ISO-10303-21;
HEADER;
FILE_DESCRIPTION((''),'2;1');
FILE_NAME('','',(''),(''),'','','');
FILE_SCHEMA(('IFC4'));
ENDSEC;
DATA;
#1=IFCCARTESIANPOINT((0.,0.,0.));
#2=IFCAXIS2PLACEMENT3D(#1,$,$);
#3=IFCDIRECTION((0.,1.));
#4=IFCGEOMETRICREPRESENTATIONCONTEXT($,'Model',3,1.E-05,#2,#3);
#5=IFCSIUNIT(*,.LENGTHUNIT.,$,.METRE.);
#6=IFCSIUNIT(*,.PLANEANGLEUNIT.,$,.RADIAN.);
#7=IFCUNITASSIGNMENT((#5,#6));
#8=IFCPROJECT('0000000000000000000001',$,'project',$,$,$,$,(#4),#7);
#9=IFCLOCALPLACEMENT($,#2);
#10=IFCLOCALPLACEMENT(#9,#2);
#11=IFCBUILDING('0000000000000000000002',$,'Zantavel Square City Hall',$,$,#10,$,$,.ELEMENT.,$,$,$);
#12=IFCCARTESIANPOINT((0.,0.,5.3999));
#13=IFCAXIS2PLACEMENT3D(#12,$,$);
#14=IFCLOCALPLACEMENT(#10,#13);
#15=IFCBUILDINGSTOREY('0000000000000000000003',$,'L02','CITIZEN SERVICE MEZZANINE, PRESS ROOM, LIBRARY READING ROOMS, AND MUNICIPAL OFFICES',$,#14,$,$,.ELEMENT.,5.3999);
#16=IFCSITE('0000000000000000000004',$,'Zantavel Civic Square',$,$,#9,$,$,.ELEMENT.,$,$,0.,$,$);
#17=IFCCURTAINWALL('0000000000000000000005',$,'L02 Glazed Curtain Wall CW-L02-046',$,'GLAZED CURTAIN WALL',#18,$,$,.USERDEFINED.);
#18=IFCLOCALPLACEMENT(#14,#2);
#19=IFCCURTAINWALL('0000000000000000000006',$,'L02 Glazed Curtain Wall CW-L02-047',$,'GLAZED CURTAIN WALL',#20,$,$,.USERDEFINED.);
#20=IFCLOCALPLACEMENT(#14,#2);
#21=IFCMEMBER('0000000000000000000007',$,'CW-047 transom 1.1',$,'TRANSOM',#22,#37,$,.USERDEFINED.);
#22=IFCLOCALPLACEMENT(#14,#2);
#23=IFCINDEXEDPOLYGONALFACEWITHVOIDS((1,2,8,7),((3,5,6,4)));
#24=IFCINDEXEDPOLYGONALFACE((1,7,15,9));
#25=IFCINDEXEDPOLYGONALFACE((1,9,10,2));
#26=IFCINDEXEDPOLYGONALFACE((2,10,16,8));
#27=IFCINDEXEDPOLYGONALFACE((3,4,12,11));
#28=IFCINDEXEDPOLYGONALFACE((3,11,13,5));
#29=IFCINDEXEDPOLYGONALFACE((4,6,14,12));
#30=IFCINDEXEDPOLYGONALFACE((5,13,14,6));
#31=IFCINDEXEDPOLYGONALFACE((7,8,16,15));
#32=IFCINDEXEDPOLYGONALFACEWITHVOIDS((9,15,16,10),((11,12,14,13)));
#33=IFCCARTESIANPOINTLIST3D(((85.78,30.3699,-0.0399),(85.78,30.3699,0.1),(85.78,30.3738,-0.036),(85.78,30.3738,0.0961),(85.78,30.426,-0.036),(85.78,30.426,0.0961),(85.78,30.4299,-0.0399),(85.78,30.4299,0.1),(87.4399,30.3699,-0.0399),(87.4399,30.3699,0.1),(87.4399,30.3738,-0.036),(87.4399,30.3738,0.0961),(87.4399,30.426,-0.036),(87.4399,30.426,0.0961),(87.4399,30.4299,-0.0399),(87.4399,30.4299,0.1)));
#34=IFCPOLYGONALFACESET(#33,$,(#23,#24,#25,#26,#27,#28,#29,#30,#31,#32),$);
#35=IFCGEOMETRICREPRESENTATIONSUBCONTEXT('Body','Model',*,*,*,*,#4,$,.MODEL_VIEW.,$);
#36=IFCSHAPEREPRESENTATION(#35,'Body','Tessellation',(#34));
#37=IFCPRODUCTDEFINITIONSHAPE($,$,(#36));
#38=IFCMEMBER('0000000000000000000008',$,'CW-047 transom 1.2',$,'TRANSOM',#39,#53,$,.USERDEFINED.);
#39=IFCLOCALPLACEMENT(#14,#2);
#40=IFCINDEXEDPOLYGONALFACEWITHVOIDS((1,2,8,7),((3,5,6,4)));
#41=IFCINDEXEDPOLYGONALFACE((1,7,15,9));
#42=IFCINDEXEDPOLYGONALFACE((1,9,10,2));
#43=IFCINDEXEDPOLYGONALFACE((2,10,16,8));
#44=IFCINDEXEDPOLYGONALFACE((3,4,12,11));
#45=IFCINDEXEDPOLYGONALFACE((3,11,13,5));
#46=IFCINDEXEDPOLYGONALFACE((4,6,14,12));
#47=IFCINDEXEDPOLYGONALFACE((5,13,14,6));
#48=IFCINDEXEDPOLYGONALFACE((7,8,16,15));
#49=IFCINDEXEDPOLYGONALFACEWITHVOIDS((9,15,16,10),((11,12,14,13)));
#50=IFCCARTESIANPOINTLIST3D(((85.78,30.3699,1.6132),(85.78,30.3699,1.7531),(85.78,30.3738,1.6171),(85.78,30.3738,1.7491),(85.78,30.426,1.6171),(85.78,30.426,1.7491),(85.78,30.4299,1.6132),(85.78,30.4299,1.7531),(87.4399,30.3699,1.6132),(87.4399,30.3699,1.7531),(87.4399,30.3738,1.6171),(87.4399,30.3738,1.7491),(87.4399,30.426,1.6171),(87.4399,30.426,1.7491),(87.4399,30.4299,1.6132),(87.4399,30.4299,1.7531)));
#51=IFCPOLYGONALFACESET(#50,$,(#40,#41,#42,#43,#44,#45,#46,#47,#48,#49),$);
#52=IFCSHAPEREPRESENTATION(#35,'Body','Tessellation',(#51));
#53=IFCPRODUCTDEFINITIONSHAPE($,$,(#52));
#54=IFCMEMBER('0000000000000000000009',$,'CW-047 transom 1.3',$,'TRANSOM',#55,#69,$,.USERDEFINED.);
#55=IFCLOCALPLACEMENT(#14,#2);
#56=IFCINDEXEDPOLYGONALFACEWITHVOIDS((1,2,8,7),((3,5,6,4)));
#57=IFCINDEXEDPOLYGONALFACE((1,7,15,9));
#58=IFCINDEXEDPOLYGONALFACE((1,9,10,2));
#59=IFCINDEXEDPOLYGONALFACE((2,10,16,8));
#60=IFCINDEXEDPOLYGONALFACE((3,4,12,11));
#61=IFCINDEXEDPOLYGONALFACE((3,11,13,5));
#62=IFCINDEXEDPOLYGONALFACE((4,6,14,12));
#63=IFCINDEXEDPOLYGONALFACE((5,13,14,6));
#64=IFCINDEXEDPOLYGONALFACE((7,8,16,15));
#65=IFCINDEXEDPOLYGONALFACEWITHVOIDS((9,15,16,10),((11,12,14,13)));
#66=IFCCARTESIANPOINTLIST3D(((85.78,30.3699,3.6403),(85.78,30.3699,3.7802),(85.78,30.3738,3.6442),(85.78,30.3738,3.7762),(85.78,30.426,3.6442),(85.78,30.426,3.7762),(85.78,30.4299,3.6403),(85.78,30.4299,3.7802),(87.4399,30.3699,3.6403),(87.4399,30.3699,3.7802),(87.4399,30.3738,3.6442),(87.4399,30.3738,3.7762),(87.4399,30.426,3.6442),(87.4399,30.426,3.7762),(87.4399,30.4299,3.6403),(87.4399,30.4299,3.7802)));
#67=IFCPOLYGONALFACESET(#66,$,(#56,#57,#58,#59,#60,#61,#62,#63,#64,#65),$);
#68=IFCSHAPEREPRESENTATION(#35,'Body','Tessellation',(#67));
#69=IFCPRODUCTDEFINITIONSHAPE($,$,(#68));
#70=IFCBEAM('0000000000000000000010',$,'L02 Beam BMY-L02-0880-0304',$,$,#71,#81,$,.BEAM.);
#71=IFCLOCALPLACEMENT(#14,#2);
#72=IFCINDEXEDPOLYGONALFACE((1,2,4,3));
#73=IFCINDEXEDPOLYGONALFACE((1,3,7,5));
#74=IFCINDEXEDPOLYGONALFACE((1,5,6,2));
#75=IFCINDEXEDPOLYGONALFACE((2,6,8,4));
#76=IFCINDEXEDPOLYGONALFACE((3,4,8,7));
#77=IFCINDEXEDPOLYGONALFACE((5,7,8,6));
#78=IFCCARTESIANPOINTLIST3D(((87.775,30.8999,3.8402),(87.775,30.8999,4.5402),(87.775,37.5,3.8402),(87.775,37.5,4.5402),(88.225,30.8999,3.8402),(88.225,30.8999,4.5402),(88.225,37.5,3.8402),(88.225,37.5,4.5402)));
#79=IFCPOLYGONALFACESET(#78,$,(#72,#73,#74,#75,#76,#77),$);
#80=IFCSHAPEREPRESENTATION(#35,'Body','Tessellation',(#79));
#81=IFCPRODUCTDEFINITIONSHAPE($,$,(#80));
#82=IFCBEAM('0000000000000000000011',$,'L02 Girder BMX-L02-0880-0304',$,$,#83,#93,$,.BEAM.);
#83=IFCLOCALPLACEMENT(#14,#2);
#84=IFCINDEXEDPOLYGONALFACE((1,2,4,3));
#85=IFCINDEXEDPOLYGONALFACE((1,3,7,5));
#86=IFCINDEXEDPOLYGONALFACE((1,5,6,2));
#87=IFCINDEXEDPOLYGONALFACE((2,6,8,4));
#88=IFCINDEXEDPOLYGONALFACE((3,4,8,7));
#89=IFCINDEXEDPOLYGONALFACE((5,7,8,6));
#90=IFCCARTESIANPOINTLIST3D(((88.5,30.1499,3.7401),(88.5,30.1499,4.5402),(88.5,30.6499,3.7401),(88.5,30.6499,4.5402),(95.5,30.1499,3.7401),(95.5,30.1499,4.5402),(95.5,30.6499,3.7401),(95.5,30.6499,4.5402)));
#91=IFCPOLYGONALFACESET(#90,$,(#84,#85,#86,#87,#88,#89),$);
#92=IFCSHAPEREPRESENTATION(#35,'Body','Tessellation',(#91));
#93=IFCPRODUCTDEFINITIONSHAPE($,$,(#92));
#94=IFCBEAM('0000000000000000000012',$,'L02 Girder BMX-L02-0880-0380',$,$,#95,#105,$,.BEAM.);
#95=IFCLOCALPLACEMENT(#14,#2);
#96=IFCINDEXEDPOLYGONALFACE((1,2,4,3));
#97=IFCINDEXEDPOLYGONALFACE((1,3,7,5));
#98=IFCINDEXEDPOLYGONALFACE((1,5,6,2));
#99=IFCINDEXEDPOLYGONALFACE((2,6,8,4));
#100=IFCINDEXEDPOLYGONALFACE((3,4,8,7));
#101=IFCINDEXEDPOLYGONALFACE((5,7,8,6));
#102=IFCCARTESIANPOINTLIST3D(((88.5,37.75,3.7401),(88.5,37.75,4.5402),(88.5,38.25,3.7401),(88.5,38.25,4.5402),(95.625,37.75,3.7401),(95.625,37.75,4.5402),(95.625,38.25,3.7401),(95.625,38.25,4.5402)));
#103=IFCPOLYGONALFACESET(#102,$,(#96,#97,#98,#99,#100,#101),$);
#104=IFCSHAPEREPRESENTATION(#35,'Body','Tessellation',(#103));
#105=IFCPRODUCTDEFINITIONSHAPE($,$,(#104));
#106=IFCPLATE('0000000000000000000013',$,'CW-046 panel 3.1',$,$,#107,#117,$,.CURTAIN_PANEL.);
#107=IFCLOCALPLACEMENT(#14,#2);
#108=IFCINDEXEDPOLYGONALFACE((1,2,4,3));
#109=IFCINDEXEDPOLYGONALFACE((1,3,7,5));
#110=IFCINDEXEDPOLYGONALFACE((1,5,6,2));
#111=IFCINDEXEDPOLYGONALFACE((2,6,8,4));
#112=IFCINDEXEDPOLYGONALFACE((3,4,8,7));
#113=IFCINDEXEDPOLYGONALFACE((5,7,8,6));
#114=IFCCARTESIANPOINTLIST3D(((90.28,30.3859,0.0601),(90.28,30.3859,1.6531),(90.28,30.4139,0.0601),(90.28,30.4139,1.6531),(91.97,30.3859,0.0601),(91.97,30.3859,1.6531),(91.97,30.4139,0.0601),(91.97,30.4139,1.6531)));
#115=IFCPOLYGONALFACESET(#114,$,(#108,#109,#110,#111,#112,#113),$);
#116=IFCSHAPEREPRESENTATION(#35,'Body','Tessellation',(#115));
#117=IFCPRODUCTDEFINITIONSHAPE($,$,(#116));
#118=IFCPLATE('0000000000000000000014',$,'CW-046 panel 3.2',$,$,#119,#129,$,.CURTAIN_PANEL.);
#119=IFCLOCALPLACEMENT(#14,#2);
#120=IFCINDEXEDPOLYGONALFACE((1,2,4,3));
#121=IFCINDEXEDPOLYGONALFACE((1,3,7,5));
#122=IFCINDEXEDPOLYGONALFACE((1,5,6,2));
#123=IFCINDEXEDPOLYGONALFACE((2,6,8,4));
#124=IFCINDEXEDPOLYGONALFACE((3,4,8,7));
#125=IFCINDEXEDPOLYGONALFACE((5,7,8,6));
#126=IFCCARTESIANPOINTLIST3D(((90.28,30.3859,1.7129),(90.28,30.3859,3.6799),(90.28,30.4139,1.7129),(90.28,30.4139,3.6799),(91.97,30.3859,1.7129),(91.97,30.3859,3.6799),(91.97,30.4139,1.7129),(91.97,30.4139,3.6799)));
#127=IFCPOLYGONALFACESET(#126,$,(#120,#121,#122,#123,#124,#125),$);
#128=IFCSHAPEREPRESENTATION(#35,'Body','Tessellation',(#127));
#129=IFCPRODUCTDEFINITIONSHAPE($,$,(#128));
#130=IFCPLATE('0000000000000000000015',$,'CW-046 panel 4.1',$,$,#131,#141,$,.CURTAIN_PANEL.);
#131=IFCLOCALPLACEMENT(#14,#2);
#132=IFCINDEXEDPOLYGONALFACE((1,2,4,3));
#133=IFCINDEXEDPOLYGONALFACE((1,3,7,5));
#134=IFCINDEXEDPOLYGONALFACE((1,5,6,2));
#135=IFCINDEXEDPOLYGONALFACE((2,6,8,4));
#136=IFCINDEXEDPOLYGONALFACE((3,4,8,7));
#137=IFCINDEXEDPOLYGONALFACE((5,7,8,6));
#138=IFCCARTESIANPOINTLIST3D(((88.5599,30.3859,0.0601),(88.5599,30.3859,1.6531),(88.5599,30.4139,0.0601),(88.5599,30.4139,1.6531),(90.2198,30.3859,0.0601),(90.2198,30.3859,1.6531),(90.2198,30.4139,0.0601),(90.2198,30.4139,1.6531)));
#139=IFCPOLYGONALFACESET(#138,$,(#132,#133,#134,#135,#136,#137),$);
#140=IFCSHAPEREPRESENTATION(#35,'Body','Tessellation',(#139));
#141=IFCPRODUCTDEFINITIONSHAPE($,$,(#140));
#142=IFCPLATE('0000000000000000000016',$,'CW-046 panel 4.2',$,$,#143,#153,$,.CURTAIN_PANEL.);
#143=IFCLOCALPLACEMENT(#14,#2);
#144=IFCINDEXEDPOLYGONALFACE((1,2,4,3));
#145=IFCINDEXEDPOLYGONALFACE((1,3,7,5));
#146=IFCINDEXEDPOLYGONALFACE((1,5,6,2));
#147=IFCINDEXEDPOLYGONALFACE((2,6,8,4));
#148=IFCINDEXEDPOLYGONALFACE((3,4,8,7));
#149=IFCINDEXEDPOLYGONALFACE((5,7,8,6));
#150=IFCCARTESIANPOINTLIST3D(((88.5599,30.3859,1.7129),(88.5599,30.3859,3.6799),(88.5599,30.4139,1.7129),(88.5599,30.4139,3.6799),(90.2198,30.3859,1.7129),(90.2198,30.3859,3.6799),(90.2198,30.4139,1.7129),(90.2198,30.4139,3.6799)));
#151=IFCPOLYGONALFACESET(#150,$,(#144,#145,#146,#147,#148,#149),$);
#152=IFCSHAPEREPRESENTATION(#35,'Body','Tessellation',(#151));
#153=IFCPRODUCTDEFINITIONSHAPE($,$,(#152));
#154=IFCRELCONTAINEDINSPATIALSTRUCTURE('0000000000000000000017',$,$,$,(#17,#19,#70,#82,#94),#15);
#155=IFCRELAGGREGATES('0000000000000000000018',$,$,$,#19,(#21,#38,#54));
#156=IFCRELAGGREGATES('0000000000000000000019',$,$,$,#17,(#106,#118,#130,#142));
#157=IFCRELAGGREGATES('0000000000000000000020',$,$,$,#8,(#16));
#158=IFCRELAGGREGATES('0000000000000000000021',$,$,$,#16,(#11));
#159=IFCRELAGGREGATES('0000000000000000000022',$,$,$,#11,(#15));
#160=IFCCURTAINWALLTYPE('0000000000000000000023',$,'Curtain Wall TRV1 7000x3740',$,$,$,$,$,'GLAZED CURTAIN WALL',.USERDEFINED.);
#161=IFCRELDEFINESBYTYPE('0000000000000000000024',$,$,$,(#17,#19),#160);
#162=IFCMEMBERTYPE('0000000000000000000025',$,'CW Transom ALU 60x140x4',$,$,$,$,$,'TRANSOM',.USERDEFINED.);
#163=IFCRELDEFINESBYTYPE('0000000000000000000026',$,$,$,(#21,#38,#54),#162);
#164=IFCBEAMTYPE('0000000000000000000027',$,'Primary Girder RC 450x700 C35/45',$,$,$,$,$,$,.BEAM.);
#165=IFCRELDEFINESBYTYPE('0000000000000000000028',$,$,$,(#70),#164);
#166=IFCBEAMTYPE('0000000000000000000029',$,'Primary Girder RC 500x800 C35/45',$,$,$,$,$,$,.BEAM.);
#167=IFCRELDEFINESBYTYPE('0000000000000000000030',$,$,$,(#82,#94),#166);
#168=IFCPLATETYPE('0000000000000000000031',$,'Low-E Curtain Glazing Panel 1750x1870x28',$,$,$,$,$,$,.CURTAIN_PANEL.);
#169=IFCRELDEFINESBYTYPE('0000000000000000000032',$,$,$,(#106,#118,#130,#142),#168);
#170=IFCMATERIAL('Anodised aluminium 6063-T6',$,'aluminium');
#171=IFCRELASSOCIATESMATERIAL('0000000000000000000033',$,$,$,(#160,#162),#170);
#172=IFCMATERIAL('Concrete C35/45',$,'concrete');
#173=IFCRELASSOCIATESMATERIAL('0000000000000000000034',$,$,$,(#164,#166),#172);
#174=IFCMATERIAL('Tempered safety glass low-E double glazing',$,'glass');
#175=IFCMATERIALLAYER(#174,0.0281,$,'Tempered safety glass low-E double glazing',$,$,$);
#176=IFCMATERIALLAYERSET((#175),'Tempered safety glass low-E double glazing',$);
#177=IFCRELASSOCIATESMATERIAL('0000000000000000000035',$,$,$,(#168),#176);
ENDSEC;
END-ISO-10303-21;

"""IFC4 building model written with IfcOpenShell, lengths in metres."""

from ifc_helpers import new_model, si_unit, direction, frame, origin, origin_2d, place, context, subcontext, project, spatial, rectangle, hollow_rectangle, extrude, material, layer, layer_set, material_profile, profile_set, type_object, element, aggregate, save


model = new_model("IFC4")

# Units and contexts
model_context = context("Model", 3, precision=1e-05, world=origin(), true_north=direction((0.0, 1.0)))
body_context = subcontext(model_context, "Body", "Model", "MODEL_VIEW")
ifc_project = project(units=[si_unit("LENGTHUNIT", "METRE"), si_unit("PLANEANGLEUNIT", "RADIAN")], contexts=[model_context])

# Site, building, storey
site_placement = place(None, origin())
site = spatial("IfcSite", under=ifc_project, at=site_placement, Name="Zantavel Civic Square", CompositionType="ELEMENT", RefElevation=0.0)
building_placement = place(site_placement, origin())
building = spatial("IfcBuilding", under=site, at=building_placement, Name="Zantavel Square City Hall", CompositionType="ELEMENT")
storey_placement = place(building_placement, frame((0.0, 0.0, 5.3999)))
storey = spatial("IfcBuildingStorey", under=building, at=storey_placement, Name="L02", Description="CITIZEN SERVICE MEZZANINE, PRESS ROOM, LIBRARY READING ROOMS, AND MUNICIPAL OFFICES", CompositionType="ELEMENT", Elevation=5.3999)

# Curtain wall
ifc_material_1 = material(Name="Anodised aluminium 6063-T6", Category="aluminium")
curtain_wall_type = type_object("IfcCurtainWallType", Name="Curtain Wall TRV1 7000x3740", ElementType="GLAZED CURTAIN WALL", PredefinedType="USERDEFINED", material=ifc_material_1)
curtain_wall_1_placement = place(storey_placement, origin())
curtain_wall_1 = element("IfcCurtainWall", 1, at=curtain_wall_1_placement, inside=storey, type_object=curtain_wall_type, Name="L02 Glazed Curtain Wall CW-L02-046", ObjectType="GLAZED CURTAIN WALL", PredefinedType="USERDEFINED")

# Curtain wall
curtain_wall_2_placement = place(storey_placement, origin())
curtain_wall_2 = element("IfcCurtainWall", 2, at=curtain_wall_2_placement, inside=storey, type_object=curtain_wall_type, Name="L02 Glazed Curtain Wall CW-L02-047", ObjectType="GLAZED CURTAIN WALL", PredefinedType="USERDEFINED")

# Members
ifc_material_profile_1 = material_profile(ifc_material_1, hollow_rectangle(XDim=0.0601, YDim=0.1399, WallThickness=0.0039, at=origin_2d()), Name="ALU 60x140x4")
ifc_profile_set_1 = profile_set([ifc_material_profile_1], Name="Anodised aluminium 6063-T6")
member_type_1 = type_object("IfcMemberType", Name="CW Transom ALU 60x140x4", ElementType="TRANSOM", PredefinedType="USERDEFINED", material=ifc_profile_set_1)
member_1_placement = place(storey_placement, frame((87.4399, 30.3999, 0.03), z_axis=(-1.0, 0.0, 0.0), x_axis=(0.0, -1.0, 0.0)))
member_1 = element("IfcMember", 3, at=member_1_placement, type_object=member_type_1, Name="CW-047 transom 1.1", ObjectType="TRANSOM", PredefinedType="USERDEFINED", context=body_context, shape_type="SweptSolid", body=[
    extrude(hollow_rectangle(XDim=0.0601, YDim=0.1399, WallThickness=0.0039, at=origin_2d()), origin(), (0.0, 0.0, 1.0), 1.6599),
])
member_2_placement = place(storey_placement, frame((87.4399, 30.3999, 1.6831), z_axis=(-1.0, 0.0, 0.0), x_axis=(0.0, -1.0, 0.0)))
member_2 = element("IfcMember", 4, at=member_2_placement, type_object=member_type_1, Name="CW-047 transom 1.2", ObjectType="TRANSOM", PredefinedType="USERDEFINED", context=body_context, shape_type="SweptSolid", body=[
    extrude(hollow_rectangle(XDim=0.0601, YDim=0.1399, WallThickness=0.0039, at=origin_2d()), origin(), (0.0, 0.0, 1.0), 1.6599),
])
member_3_placement = place(storey_placement, frame((87.4399, 30.3999, 3.7102), z_axis=(-1.0, 0.0, 0.0), x_axis=(0.0, -1.0, 0.0)))
member_3 = element("IfcMember", 5, at=member_3_placement, type_object=member_type_1, Name="CW-047 transom 1.3", ObjectType="TRANSOM", PredefinedType="USERDEFINED", context=body_context, shape_type="SweptSolid", body=[
    extrude(hollow_rectangle(XDim=0.0601, YDim=0.1399, WallThickness=0.0039, at=origin_2d()), origin(), (0.0, 0.0, 1.0), 1.6599),
])
aggregate(curtain_wall_2, [member_1, member_2, member_3])

# Beams
ifc_material_2 = material(Name="Concrete C35/45", Category="concrete")
ifc_material_profile_2 = material_profile(ifc_material_2, rectangle(XDim=0.45, YDim=0.7, at=origin_2d()), Name="RC 450x700")
ifc_profile_set_2 = profile_set([ifc_material_profile_2], Name="Concrete C35/45")
beam_type_1 = type_object("IfcBeamType", Name="Primary Girder RC 450x700 C35/45", PredefinedType="BEAM", material=ifc_profile_set_2)
beam_1_placement = place(storey_placement, frame((88.0, 30.8999, 4.1902), z_axis=(0.0, 1.0, 0.0), x_axis=(-1.0, 0.0, 0.0)))
element("IfcBeam", 6, at=beam_1_placement, inside=storey, type_object=beam_type_1, Name="L02 Beam BMY-L02-0880-0304", PredefinedType="BEAM", context=body_context, shape_type="SweptSolid", body=[
    extrude(rectangle(XDim=0.45, YDim=0.7, at=origin_2d()), origin(), (0.0, 0.0, 1.0), 6.6001),
])
ifc_material_profile_3 = material_profile(ifc_material_2, rectangle(XDim=0.5, YDim=0.8, at=origin_2d()), Name="RC 500x800")
ifc_profile_set_3 = profile_set([ifc_material_profile_3], Name="Concrete C35/45")
beam_type_2 = type_object("IfcBeamType", Name="Primary Girder RC 500x800 C35/45", PredefinedType="BEAM", material=ifc_profile_set_3)
beam_2_placement = place(storey_placement, frame((88.5, 30.3999, 4.1401), z_axis=(1.0, 0.0, 0.0), x_axis=(0.0, 1.0, 0.0)))
element("IfcBeam", 7, at=beam_2_placement, inside=storey, type_object=beam_type_2, Name="L02 Girder BMX-L02-0880-0304", PredefinedType="BEAM", context=body_context, shape_type="SweptSolid", body=[
    extrude(rectangle(XDim=0.5, YDim=0.8, at=origin_2d()), origin(), (0.0, 0.0, 1.0), 7.0),
])
beam_3_placement = place(storey_placement, frame((88.5, 38.0, 4.1401), z_axis=(1.0, 0.0, 0.0), x_axis=(0.0, 1.0, 0.0)))
element("IfcBeam", 8, at=beam_3_placement, inside=storey, type_object=beam_type_2, Name="L02 Girder BMX-L02-0880-0380", PredefinedType="BEAM", context=body_context, shape_type="SweptSolid", body=[
    extrude(rectangle(XDim=0.5, YDim=0.8, at=origin_2d()), origin(), (0.0, 0.0, 1.0), 7.125),
])

# Plates
ifc_material_3 = material(Name="Tempered safety glass low-E double glazing", Category="glass")
ifc_layer = layer(ifc_material_3, 0.0281, Name="Tempered safety glass low-E double glazing")
ifc_layer_set = layer_set([ifc_layer], Name="Tempered safety glass low-E double glazing")
plate_type = type_object("IfcPlateType", Name="Low-E Curtain Glazing Panel 1750x1870x28", PredefinedType="CURTAIN_PANEL", material=ifc_layer_set)
plate_1_placement = place(storey_placement, frame((91.125, 30.3999, 0.0601), z_axis=(0.0, 0.0, 1.0), x_axis=(-1.0, 0.0, 0.0)))
plate_1 = element("IfcPlate", 9, at=plate_1_placement, type_object=plate_type, Name="CW-046 panel 3.1", PredefinedType="CURTAIN_PANEL", context=body_context, shape_type="SweptSolid", body=[
    extrude(rectangle(XDim=1.6899, YDim=0.0281, at=origin_2d()), origin(), (0.0, 0.0, 1.0), 1.593),
])
plate_2_placement = place(storey_placement, frame((91.125, 30.3999, 1.7129), z_axis=(0.0, 0.0, 1.0), x_axis=(-1.0, 0.0, 0.0)))
plate_2 = element("IfcPlate", 10, at=plate_2_placement, type_object=plate_type, Name="CW-046 panel 3.2", PredefinedType="CURTAIN_PANEL", context=body_context, shape_type="SweptSolid", body=[
    extrude(rectangle(XDim=1.6899, YDim=0.0281, at=origin_2d()), origin(), (0.0, 0.0, 1.0), 1.967),
])
plate_3_placement = place(storey_placement, frame((89.3899, 30.3999, 0.0601), z_axis=(0.0, 0.0, 1.0), x_axis=(-1.0, 0.0, 0.0)))
plate_3 = element("IfcPlate", 11, at=plate_3_placement, type_object=plate_type, Name="CW-046 panel 4.1", PredefinedType="CURTAIN_PANEL", context=body_context, shape_type="SweptSolid", body=[
    extrude(rectangle(XDim=1.6599, YDim=0.0281, at=origin_2d()), origin(), (0.0, 0.0, 1.0), 1.593),
])
plate_4_placement = place(storey_placement, frame((89.3899, 30.3999, 1.7129), z_axis=(0.0, 0.0, 1.0), x_axis=(-1.0, 0.0, 0.0)))
plate_4 = element("IfcPlate", 12, at=plate_4_placement, type_object=plate_type, Name="CW-046 panel 4.2", PredefinedType="CURTAIN_PANEL", context=body_context, shape_type="SweptSolid", body=[
    extrude(rectangle(XDim=1.6599, YDim=0.0281, at=origin_2d()), origin(), (0.0, 0.0, 1.0), 1.967),
])
aggregate(curtain_wall_1, [plate_1, plate_2, plate_3, plate_4])

save(model, "model.ifc")
